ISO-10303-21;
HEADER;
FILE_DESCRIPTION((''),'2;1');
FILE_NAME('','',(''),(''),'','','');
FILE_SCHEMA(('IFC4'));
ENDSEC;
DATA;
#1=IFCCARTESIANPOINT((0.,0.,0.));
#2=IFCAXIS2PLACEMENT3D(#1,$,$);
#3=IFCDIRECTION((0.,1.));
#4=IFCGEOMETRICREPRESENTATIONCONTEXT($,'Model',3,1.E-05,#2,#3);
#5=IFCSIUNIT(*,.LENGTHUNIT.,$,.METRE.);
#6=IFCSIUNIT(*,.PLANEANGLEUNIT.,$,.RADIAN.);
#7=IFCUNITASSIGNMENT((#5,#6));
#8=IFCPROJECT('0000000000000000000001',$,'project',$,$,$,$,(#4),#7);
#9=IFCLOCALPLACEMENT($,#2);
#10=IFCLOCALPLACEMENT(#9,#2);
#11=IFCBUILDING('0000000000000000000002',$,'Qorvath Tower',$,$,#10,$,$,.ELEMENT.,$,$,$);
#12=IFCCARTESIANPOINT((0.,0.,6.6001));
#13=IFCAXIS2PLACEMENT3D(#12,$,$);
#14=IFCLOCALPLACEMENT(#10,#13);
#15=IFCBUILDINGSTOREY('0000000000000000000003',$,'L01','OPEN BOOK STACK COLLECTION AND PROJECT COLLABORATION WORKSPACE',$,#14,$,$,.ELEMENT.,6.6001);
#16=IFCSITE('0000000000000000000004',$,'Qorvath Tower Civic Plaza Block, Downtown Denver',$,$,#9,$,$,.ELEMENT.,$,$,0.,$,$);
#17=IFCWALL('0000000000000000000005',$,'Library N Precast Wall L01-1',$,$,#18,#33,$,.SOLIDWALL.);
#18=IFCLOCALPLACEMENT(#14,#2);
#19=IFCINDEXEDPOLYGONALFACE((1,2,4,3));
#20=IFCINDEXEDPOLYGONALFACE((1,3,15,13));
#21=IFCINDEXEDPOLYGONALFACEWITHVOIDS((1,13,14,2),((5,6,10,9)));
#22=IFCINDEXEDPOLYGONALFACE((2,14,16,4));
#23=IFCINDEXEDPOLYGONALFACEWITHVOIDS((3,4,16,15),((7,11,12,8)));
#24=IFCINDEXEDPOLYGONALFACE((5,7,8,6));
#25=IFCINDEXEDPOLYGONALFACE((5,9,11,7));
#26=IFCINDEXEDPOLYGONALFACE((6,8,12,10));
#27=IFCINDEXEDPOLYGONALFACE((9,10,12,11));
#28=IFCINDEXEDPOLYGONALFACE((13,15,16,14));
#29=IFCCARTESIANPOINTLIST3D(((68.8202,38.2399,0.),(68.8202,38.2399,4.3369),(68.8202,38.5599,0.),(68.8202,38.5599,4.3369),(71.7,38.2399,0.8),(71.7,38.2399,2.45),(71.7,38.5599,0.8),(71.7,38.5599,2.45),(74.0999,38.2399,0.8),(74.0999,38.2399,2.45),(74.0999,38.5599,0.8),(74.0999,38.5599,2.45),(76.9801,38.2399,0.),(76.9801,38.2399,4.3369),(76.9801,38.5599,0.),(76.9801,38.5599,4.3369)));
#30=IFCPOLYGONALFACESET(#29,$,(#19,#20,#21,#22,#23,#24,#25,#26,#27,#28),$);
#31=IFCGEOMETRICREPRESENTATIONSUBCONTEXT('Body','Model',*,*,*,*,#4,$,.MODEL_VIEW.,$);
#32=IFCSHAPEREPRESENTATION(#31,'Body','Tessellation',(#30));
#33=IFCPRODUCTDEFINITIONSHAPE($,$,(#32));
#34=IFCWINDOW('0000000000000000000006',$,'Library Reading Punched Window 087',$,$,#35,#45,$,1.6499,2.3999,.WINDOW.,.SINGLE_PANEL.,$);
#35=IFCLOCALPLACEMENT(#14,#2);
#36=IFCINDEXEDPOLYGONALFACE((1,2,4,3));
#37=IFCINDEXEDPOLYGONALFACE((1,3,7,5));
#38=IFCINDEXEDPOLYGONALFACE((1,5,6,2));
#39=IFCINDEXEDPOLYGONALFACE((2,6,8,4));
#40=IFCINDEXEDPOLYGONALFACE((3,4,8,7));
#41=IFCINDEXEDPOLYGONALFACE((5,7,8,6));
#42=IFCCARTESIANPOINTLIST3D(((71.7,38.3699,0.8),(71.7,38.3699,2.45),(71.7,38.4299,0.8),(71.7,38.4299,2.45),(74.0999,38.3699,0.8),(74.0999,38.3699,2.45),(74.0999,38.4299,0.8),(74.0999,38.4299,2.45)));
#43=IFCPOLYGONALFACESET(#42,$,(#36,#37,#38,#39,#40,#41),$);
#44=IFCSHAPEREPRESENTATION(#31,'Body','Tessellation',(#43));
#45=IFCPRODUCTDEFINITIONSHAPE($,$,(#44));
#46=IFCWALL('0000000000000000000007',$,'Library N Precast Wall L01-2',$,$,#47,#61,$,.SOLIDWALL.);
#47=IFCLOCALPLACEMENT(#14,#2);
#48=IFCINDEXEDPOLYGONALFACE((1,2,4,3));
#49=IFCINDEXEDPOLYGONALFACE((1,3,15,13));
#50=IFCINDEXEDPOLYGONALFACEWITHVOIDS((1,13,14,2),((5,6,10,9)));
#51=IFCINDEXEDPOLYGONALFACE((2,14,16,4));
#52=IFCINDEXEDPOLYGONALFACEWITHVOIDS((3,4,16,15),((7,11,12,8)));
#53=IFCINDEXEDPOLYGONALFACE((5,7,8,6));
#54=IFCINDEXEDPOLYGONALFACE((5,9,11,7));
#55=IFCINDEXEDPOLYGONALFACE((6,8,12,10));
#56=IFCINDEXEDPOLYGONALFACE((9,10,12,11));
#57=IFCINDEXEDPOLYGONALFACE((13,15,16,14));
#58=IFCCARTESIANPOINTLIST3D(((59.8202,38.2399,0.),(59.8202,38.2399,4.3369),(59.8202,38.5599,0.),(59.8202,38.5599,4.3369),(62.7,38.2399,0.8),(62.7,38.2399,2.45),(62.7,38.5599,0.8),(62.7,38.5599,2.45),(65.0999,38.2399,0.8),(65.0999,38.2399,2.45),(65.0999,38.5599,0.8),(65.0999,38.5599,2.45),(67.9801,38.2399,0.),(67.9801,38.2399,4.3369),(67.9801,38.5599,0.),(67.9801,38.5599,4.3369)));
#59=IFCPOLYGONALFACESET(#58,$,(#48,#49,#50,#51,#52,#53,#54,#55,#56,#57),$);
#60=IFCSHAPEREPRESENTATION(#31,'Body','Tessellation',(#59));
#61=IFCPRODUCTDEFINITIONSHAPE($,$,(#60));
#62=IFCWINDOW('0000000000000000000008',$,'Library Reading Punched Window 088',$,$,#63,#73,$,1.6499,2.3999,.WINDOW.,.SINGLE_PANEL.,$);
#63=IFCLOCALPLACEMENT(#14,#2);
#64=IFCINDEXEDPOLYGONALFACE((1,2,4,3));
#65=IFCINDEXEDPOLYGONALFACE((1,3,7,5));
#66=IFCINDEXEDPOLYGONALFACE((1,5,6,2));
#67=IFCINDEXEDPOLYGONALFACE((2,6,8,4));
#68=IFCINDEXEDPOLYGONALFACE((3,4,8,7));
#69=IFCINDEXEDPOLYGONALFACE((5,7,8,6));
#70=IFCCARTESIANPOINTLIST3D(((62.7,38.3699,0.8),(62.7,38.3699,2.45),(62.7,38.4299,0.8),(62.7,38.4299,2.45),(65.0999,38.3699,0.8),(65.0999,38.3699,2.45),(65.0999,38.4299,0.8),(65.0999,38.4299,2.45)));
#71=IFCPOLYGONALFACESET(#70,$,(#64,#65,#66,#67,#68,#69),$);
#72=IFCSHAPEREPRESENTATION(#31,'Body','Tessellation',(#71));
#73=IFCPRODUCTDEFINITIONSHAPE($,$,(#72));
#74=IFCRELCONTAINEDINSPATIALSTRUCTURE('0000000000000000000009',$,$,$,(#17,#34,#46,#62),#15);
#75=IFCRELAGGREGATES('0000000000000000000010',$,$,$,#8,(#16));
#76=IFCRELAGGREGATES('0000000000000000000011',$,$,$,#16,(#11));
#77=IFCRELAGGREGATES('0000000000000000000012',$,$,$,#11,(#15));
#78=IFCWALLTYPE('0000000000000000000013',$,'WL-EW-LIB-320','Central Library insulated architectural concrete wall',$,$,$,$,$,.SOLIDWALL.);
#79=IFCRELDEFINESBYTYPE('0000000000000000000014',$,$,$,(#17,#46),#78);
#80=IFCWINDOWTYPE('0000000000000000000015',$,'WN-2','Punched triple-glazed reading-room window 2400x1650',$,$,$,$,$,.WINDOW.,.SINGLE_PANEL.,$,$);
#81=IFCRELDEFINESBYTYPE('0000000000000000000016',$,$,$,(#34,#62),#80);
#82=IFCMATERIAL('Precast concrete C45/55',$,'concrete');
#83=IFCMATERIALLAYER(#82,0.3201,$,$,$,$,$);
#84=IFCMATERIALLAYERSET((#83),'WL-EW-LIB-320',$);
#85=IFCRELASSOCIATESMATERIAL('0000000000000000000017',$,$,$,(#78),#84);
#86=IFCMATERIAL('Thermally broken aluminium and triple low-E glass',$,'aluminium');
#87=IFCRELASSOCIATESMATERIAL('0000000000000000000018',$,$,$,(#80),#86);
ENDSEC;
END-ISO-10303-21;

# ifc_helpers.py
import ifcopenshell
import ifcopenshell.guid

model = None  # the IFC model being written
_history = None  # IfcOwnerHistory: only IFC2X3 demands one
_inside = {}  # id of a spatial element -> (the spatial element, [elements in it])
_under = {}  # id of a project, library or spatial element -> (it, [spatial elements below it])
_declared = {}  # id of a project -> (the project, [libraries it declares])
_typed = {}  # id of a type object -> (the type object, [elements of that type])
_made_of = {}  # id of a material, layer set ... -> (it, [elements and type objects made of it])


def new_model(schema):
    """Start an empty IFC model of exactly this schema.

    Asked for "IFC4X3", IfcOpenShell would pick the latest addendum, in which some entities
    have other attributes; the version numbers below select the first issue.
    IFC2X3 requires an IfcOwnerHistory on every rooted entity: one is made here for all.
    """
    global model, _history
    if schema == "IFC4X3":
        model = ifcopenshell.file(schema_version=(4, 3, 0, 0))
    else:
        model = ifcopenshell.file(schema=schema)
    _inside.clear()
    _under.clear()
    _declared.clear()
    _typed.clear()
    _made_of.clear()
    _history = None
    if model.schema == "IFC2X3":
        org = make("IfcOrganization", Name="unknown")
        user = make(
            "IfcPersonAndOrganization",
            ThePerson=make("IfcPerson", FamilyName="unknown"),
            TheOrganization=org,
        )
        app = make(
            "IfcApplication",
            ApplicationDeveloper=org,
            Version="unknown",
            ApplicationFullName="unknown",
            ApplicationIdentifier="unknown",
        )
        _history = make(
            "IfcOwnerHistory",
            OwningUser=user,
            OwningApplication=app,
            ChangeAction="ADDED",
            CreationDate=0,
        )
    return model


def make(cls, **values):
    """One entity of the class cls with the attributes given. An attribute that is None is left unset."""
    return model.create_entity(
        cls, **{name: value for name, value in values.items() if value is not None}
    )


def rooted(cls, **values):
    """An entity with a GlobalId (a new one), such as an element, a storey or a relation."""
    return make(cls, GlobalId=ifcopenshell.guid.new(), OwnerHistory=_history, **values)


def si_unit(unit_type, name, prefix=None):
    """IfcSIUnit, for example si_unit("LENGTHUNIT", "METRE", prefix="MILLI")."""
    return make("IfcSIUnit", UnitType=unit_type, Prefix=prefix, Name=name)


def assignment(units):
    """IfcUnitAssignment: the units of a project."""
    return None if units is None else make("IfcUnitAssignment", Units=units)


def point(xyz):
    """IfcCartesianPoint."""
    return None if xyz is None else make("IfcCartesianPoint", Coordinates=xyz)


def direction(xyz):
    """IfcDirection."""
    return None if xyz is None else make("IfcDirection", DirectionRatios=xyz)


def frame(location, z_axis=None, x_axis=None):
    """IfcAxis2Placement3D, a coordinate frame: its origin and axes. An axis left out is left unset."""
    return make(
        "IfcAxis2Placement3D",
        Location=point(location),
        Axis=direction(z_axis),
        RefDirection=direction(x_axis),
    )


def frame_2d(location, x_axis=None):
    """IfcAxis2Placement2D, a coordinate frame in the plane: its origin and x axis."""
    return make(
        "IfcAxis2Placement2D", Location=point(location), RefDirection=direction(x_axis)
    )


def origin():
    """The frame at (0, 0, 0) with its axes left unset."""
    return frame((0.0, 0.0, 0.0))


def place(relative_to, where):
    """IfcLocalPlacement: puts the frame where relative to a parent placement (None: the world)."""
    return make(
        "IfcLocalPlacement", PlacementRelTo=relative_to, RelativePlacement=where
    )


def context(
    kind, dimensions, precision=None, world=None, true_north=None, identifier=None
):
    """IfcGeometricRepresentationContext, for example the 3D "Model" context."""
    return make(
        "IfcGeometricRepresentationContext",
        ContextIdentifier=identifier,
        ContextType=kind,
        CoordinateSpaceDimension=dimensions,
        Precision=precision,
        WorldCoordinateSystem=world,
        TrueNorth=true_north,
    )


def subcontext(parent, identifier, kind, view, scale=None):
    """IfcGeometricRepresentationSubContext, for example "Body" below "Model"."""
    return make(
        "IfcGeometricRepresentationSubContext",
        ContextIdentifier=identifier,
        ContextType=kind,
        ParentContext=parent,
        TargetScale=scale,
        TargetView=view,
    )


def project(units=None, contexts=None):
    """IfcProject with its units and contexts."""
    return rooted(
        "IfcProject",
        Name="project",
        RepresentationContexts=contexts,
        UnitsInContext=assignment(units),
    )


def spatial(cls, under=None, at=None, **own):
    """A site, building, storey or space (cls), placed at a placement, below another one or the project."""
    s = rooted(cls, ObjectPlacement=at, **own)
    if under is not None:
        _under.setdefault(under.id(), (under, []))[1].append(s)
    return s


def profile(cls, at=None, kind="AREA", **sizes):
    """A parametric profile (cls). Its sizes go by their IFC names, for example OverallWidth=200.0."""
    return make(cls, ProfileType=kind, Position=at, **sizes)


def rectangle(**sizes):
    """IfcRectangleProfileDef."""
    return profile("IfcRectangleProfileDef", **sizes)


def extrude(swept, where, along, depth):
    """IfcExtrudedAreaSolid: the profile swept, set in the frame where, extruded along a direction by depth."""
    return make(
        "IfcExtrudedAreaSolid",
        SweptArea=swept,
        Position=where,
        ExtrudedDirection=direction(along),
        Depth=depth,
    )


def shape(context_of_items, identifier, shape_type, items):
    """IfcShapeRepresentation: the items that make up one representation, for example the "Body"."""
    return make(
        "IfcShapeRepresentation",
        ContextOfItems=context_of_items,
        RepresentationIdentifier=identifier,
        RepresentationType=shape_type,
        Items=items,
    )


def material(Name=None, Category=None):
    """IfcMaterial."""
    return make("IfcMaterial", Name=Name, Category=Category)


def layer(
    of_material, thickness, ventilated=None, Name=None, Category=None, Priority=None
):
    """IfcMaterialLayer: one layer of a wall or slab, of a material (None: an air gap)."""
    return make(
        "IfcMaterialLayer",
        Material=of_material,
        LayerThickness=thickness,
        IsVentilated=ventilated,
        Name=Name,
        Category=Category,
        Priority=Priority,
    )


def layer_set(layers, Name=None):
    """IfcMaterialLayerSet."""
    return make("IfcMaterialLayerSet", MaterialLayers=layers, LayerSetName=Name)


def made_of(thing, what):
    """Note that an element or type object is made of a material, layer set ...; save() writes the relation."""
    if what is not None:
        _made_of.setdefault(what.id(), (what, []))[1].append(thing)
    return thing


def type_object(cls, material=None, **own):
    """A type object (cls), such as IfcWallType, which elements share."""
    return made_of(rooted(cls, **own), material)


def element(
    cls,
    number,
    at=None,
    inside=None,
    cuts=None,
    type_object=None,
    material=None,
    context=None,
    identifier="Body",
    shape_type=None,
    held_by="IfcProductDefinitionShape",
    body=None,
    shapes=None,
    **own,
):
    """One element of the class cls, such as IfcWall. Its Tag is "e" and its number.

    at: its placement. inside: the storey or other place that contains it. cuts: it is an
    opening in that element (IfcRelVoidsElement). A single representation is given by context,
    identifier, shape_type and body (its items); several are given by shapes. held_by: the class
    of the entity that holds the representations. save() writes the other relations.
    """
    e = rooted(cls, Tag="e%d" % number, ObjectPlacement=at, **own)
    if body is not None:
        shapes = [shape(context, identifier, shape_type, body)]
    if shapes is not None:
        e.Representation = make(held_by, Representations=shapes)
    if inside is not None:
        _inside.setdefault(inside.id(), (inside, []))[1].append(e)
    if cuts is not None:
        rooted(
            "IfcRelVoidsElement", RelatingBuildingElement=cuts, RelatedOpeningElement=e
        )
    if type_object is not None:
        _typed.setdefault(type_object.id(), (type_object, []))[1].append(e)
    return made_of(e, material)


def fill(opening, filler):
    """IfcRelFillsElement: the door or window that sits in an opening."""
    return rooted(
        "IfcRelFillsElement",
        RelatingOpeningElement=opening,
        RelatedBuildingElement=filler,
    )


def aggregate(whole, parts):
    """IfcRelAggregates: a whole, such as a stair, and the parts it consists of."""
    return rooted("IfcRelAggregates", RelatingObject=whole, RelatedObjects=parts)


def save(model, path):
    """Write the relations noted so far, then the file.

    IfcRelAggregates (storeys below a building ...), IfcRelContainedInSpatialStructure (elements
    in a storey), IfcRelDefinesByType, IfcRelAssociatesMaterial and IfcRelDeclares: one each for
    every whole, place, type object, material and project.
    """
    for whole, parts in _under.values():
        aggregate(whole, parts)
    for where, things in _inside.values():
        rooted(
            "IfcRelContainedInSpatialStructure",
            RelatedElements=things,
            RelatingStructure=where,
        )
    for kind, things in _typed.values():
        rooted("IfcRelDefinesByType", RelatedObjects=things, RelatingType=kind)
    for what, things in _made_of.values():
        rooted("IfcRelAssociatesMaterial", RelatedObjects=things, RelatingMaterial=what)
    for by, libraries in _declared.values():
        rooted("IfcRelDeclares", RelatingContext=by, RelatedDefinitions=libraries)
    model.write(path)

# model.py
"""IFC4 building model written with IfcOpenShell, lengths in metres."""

from ifc_helpers import new_model, si_unit, direction, frame, frame_2d, origin, place, context, subcontext, project, spatial, rectangle, extrude, material, layer, layer_set, type_object, element, fill, save


model = new_model("IFC4")

# Units and contexts
model_context = context("Model", 3, precision=1e-05, world=origin(), true_north=direction((0.0, 1.0)))
body_context = subcontext(model_context, "Body", "Model", "MODEL_VIEW")
ifc_project = project(units=[si_unit("LENGTHUNIT", "METRE"), si_unit("PLANEANGLEUNIT", "RADIAN")], contexts=[model_context])

# Site, building, storey
site_placement = place(None, origin())
site = spatial("IfcSite", under=ifc_project, at=site_placement, Name="Qorvath Tower Civic Plaza Block, Downtown Denver", CompositionType="ELEMENT", RefElevation=0.0)
building_placement = place(site_placement, origin())
building = spatial("IfcBuilding", under=site, at=building_placement, Name="Qorvath Tower", CompositionType="ELEMENT")
storey_placement = place(building_placement, frame((0.0, 0.0, 6.6001)))
storey = spatial("IfcBuildingStorey", under=building, at=storey_placement, Name="L01", Description="OPEN BOOK STACK COLLECTION AND PROJECT COLLABORATION WORKSPACE", CompositionType="ELEMENT", Elevation=6.6001)

# Walls, openings, windows
ifc_material_1 = material(Name="Precast concrete C45/55", Category="concrete")
ifc_layer = layer(ifc_material_1, 0.3201)
ifc_layer_set = layer_set([ifc_layer], Name="WL-EW-LIB-320")
wall_type = type_object("IfcWallType", Name="WL-EW-LIB-320", Description="Central Library insulated architectural concrete wall", PredefinedType="SOLIDWALL", material=ifc_layer_set)
ifc_material_2 = material(Name="Thermally broken aluminium and triple low-E glass", Category="aluminium")
window_type = type_object("IfcWindowType", Name="WN-2", Description="Punched triple-glazed reading-room window 2400x1650", PartitioningType="SINGLE_PANEL", PredefinedType="WINDOW", material=ifc_material_2)
wall_1_placement = place(storey_placement, frame((68.8201, 38.3999, 0.0), z_axis=(0.0, 0.0, 1.0), x_axis=(1.0, 0.0, 0.0)))
wall_1 = element("IfcWall", 1, at=wall_1_placement, inside=storey, type_object=wall_type, Name="Library N Precast Wall L01-1", PredefinedType="SOLIDWALL", context=body_context, shape_type="SweptSolid", body=[
    extrude(rectangle(XDim=8.1599, YDim=0.3201, at=frame_2d((4.0801, 0.0))), origin(), (0.0, 0.0, 1.0), 4.3369),
])
opening_1_placement = place(wall_1_placement, frame((2.8799, 0.0, 0.8)))
opening_1 = element("IfcOpeningElement", 2, at=opening_1_placement, cuts=wall_1, PredefinedType="OPENING", context=body_context, shape_type="SweptSolid", body=[
    extrude(rectangle(XDim=2.3999, YDim=1.6499, at=frame_2d((1.2, 0.825))), frame((0.0, 0.1699, 0.0), z_axis=(0.0, -1.0, 0.0), x_axis=(1.0, 0.0, 0.0)), (0.0, 0.0, 1.0), 0.3401),
])
window_1_placement = place(opening_1_placement, origin())
window_1 = element("IfcWindow", 3, at=window_1_placement, inside=storey, type_object=window_type, Name="Library Reading Punched Window 087", OverallHeight=1.6499, OverallWidth=2.3999, PartitioningType="SINGLE_PANEL", PredefinedType="WINDOW", context=body_context, shape_type="SweptSolid", body=[
    extrude(rectangle(XDim=2.3999, YDim=1.6499, at=frame_2d((1.2, 0.825))), frame((0.0, 0.03, 0.0), z_axis=(0.0, -1.0, 0.0), x_axis=(1.0, 0.0, 0.0)), (0.0, 0.0, 1.0), 0.0601),
])
fill(opening_1, window_1)
wall_2_placement = place(storey_placement, frame((59.8201, 38.3999, 0.0), z_axis=(0.0, 0.0, 1.0), x_axis=(1.0, 0.0, 0.0)))
wall_2 = element("IfcWall", 4, at=wall_2_placement, inside=storey, type_object=wall_type, Name="Library N Precast Wall L01-2", PredefinedType="SOLIDWALL", context=body_context, shape_type="SweptSolid", body=[
    extrude(rectangle(XDim=8.1599, YDim=0.3201, at=frame_2d((4.0801, 0.0))), origin(), (0.0, 0.0, 1.0), 4.3369),
])
opening_2_placement = place(wall_2_placement, frame((2.8799, 0.0, 0.8)))
opening_2 = element("IfcOpeningElement", 5, at=opening_2_placement, cuts=wall_2, PredefinedType="OPENING", context=body_context, shape_type="SweptSolid", body=[
    extrude(rectangle(XDim=2.3999, YDim=1.6499, at=frame_2d((1.2, 0.825))), frame((0.0, 0.1699, 0.0), z_axis=(0.0, -1.0, 0.0), x_axis=(1.0, 0.0, 0.0)), (0.0, 0.0, 1.0), 0.3401),
])
window_2_placement = place(opening_2_placement, origin())
window_2 = element("IfcWindow", 6, at=window_2_placement, inside=storey, type_object=window_type, Name="Library Reading Punched Window 088", OverallHeight=1.6499, OverallWidth=2.3999, PartitioningType="SINGLE_PANEL", PredefinedType="WINDOW", context=body_context, shape_type="SweptSolid", body=[
    extrude(rectangle(XDim=2.3999, YDim=1.6499, at=frame_2d((1.2, 0.825))), frame((0.0, 0.03, 0.0), z_axis=(0.0, -1.0, 0.0), x_axis=(1.0, 0.0, 0.0)), (0.0, 0.0, 1.0), 0.0601),
])
fill(opening_2, window_2)

save(model, "model.ifc")
